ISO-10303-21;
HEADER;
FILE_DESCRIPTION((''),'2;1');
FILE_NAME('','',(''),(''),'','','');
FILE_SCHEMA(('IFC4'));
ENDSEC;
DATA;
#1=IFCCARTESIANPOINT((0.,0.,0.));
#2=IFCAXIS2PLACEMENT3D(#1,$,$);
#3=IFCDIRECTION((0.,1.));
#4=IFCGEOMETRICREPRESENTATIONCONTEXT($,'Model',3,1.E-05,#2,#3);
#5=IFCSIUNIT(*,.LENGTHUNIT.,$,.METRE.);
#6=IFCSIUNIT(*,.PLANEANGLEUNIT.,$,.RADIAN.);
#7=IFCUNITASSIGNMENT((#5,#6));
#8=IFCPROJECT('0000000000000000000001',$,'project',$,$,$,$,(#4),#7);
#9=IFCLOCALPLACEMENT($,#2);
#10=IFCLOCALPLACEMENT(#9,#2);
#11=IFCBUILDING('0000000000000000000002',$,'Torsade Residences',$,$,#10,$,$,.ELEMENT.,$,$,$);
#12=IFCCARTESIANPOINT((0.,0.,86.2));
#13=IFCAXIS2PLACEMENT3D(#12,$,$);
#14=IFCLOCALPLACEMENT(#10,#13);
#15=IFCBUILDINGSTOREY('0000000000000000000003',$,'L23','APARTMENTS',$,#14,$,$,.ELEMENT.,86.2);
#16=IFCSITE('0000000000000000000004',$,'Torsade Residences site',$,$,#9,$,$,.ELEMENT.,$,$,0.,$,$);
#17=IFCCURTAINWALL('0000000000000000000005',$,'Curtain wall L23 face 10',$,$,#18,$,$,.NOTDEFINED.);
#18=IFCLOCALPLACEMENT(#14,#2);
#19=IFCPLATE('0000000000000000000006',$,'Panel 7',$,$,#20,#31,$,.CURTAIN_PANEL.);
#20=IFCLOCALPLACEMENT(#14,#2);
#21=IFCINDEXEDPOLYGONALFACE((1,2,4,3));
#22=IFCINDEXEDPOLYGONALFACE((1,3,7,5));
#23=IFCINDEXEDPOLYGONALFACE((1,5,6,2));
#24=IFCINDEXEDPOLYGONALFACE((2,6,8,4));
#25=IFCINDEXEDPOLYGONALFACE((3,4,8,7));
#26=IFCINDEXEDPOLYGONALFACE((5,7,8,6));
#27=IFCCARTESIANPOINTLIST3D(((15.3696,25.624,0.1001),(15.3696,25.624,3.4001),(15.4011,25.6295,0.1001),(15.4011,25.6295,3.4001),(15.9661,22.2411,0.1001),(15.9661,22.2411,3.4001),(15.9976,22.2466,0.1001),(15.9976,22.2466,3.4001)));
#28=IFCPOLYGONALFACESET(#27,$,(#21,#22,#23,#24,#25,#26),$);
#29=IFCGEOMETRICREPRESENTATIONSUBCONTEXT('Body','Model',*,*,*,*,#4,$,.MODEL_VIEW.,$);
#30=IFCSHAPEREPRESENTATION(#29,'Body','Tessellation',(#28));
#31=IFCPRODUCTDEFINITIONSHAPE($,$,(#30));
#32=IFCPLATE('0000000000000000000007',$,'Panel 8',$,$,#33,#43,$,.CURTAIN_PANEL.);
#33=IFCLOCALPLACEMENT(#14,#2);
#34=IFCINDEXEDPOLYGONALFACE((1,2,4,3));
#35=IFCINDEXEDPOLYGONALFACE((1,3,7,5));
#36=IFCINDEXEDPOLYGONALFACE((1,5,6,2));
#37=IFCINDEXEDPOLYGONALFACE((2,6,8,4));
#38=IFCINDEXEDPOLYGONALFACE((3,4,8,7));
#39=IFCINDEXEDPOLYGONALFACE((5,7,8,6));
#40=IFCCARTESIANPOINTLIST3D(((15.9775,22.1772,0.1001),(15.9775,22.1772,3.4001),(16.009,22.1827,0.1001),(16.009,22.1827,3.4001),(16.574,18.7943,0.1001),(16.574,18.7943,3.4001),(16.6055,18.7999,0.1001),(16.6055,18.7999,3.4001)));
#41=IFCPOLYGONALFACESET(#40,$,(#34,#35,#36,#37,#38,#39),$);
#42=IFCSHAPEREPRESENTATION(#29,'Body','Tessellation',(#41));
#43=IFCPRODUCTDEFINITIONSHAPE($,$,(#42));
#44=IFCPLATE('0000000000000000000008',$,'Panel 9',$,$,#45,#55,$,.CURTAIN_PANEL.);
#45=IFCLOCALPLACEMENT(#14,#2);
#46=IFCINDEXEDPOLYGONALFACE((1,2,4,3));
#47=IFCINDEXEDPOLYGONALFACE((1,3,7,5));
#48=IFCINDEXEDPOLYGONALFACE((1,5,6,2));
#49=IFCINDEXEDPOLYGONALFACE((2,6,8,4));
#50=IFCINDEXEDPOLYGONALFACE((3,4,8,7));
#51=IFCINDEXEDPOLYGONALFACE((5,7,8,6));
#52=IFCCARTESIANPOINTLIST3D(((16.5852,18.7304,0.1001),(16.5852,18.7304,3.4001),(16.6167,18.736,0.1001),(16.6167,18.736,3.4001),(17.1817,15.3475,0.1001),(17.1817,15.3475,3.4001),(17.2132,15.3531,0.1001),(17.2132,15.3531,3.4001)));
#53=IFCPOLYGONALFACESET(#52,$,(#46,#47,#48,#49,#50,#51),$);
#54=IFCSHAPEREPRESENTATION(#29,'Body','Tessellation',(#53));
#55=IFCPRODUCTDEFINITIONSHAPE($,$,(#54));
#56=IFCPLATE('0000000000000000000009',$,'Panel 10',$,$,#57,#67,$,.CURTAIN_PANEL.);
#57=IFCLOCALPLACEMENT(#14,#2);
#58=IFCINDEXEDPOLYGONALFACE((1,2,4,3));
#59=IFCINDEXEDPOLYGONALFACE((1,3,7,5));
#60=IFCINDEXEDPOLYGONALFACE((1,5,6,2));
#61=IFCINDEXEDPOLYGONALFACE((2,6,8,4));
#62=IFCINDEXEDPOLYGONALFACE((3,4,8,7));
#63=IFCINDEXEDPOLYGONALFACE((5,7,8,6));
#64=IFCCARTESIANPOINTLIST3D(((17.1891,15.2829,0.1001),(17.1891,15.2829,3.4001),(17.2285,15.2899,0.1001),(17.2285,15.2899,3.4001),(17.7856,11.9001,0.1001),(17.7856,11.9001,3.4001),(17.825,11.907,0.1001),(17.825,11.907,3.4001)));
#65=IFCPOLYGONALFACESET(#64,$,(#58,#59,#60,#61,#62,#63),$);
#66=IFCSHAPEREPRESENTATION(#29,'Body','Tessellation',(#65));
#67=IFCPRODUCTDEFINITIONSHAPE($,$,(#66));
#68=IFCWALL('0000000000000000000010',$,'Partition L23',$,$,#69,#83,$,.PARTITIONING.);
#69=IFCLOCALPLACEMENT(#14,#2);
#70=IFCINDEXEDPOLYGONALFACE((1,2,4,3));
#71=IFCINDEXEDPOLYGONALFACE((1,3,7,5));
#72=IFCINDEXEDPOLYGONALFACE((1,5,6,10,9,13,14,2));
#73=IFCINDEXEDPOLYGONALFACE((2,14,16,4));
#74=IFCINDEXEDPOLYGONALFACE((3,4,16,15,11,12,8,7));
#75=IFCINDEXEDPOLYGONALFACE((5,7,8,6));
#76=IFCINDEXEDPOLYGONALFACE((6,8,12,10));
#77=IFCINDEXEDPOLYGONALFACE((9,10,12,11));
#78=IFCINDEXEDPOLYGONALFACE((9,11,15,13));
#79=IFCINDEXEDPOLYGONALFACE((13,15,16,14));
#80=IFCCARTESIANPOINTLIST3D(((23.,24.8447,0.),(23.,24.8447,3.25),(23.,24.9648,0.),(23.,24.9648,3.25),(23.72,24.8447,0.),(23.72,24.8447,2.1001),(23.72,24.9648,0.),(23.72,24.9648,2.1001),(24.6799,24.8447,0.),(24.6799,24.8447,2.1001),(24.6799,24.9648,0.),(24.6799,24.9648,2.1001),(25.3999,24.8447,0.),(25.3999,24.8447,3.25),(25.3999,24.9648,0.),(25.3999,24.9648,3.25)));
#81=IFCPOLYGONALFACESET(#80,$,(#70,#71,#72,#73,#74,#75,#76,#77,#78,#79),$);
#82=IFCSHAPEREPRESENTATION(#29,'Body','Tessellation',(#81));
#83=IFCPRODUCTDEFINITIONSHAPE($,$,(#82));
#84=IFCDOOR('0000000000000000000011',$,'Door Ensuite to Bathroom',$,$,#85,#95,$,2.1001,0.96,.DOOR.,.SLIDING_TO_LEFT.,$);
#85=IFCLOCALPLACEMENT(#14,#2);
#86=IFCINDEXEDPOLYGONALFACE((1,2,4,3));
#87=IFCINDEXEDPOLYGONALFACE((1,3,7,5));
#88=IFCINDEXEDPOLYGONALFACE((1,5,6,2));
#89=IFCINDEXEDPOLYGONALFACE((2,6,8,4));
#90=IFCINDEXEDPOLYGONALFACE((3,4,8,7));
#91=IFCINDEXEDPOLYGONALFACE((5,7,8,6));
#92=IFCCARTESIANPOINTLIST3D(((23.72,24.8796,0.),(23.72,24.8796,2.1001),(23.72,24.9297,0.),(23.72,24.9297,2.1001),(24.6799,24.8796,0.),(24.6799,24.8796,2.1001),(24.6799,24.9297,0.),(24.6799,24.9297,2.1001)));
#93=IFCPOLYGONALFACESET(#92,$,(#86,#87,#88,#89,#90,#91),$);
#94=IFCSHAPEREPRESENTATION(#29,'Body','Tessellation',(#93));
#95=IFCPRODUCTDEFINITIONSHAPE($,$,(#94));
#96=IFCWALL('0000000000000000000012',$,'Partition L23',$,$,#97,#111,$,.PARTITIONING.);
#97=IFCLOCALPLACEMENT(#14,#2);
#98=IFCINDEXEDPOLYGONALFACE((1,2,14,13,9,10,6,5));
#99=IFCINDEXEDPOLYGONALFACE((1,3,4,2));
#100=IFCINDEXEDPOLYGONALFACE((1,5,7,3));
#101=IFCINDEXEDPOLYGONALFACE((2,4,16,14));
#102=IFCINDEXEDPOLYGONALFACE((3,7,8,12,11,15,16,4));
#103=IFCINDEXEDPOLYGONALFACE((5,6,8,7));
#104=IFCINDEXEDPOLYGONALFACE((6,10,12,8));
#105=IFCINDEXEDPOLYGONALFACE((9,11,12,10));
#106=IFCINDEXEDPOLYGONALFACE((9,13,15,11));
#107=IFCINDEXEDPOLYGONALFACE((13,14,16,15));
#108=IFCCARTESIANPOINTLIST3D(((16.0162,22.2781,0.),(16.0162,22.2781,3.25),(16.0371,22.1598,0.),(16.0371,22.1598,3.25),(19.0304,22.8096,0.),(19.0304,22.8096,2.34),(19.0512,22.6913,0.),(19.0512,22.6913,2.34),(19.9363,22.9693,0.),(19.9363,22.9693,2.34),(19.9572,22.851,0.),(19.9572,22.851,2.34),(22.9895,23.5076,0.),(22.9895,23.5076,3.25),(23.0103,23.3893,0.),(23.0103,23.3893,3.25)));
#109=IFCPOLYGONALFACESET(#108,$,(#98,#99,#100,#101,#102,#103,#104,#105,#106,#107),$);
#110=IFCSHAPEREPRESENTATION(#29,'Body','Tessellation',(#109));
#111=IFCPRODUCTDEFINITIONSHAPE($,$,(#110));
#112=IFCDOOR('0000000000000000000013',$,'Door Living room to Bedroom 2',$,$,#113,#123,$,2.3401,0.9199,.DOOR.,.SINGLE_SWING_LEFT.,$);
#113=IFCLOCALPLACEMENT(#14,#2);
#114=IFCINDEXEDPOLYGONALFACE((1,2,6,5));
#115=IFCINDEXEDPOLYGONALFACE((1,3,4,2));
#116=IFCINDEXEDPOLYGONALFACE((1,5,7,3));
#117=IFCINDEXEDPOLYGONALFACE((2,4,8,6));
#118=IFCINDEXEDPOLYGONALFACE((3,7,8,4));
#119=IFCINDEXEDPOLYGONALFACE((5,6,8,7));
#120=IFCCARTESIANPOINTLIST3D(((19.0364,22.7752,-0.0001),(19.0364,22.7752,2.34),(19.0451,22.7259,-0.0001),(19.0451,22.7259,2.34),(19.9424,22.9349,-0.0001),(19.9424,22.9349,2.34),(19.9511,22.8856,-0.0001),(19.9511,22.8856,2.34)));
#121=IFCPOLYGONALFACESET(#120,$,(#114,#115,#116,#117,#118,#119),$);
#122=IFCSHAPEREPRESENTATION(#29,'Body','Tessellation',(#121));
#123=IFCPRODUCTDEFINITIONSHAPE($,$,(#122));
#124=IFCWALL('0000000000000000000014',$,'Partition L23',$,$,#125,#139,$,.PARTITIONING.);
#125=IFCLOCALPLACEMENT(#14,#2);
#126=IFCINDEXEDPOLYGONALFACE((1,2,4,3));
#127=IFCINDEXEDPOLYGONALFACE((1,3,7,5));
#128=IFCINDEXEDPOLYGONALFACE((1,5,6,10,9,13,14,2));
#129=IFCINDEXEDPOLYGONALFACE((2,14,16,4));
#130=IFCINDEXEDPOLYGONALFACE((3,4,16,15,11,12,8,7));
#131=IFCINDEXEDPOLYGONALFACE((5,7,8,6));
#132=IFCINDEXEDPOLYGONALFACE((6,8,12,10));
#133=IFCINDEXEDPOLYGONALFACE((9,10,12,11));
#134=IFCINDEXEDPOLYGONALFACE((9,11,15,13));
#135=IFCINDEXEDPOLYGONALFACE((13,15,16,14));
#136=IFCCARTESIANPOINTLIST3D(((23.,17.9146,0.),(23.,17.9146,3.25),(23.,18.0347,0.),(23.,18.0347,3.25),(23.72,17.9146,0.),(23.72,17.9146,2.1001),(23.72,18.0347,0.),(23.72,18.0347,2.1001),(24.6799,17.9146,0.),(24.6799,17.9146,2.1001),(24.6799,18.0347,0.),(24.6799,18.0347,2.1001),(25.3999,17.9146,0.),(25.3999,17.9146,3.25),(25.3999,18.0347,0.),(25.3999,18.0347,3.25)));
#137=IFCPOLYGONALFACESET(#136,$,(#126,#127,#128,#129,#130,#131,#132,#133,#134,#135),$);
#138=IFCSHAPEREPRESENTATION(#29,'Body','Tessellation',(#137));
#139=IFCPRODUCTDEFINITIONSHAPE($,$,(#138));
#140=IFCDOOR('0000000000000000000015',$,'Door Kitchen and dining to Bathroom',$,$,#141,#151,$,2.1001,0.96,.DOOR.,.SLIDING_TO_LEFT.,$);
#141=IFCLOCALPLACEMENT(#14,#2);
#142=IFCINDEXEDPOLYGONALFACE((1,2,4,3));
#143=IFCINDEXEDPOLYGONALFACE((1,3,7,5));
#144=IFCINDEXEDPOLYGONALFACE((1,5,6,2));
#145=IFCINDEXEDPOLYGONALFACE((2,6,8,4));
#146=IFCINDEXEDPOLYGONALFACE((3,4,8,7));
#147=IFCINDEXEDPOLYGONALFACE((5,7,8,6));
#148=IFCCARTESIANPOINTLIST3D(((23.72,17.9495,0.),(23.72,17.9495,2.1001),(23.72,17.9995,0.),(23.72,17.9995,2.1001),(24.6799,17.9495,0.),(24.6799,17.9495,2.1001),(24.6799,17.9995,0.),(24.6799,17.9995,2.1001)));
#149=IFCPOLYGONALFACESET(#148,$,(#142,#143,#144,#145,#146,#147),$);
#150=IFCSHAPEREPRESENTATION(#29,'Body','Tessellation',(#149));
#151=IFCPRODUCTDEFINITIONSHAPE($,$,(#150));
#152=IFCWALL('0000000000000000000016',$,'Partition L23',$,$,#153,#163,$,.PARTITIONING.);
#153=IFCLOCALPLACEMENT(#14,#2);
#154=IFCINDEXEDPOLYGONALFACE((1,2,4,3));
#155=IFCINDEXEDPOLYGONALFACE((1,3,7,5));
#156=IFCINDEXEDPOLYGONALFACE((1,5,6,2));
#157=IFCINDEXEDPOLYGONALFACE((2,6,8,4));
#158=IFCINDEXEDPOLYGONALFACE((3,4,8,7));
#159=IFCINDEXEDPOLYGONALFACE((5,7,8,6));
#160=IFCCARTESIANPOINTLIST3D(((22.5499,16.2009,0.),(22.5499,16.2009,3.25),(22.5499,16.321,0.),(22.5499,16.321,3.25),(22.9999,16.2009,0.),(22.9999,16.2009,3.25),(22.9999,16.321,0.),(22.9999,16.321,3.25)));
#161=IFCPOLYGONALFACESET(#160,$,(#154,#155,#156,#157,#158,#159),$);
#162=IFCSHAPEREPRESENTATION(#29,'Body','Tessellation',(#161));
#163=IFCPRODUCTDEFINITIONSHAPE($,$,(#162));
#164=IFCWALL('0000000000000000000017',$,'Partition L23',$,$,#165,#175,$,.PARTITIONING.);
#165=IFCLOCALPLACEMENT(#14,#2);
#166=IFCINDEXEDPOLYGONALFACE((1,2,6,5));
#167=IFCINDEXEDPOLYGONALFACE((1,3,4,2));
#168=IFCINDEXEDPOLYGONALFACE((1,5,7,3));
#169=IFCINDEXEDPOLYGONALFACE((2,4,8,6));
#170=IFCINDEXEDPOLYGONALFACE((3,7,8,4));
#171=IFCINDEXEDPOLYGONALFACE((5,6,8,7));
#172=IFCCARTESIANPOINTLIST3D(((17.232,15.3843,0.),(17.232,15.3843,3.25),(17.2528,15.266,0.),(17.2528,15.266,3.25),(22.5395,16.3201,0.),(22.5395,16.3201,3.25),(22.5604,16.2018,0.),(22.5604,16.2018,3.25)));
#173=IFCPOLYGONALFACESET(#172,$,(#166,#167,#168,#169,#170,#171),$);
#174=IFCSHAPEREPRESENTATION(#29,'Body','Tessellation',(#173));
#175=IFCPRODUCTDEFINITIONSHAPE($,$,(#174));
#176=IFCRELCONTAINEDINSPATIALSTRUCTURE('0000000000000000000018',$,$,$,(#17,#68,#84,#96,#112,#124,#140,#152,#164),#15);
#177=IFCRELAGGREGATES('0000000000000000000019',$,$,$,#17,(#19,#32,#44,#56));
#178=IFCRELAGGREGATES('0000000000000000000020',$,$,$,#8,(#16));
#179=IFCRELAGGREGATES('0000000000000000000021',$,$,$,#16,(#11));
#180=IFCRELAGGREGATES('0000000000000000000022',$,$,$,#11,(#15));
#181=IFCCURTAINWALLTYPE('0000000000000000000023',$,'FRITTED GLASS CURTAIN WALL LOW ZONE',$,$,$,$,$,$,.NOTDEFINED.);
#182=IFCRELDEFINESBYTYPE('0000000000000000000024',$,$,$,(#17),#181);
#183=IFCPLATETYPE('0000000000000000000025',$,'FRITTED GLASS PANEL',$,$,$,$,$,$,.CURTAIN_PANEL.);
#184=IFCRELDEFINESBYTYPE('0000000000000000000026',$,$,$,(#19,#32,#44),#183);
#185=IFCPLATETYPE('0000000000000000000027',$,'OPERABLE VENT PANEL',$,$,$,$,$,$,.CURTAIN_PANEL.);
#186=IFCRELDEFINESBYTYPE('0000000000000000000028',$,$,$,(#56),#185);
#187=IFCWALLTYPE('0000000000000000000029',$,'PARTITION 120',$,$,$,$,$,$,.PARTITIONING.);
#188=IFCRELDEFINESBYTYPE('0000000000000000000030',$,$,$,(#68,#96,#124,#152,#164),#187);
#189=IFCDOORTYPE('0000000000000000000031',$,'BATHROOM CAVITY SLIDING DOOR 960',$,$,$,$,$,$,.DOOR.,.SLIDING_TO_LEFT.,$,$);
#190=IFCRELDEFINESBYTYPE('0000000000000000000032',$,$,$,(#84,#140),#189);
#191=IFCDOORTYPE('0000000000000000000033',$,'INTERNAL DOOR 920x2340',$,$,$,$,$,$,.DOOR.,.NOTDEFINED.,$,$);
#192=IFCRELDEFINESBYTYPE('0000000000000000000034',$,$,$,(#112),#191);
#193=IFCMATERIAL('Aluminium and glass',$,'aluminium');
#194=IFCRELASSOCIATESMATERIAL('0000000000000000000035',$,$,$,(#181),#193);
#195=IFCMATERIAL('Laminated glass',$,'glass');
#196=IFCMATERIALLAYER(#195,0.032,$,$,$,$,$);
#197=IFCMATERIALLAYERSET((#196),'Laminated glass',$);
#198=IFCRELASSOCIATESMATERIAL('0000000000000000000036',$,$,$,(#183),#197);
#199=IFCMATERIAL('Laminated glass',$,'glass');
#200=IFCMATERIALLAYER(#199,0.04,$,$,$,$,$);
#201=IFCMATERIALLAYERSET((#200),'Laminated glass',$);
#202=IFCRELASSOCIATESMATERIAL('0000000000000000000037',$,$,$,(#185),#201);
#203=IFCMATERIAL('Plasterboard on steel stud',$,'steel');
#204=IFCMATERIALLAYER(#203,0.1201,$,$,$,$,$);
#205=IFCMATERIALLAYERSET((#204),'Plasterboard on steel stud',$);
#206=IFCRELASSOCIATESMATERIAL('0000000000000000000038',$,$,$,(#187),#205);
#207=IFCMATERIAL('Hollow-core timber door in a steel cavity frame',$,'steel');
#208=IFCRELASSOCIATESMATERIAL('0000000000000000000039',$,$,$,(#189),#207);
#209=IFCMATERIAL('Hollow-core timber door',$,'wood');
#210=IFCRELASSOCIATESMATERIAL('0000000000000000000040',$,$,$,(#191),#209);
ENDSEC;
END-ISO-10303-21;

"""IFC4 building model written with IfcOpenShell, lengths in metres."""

from ifc_helpers import new_model, si_unit, direction, frame, frame_2d, origin, origin_2d, place, context, subcontext, project, spatial, rectangle, extrude, material, layer, layer_set, type_object, element, fill, aggregate, save


model = new_model("IFC4")

# Units and contexts
model_context = context("Model", 3, precision=1e-05, world=origin(), true_north=direction((0.0, 1.0)))
body_context = subcontext(model_context, "Body", "Model", "MODEL_VIEW")
ifc_project = project(units=[si_unit("LENGTHUNIT", "METRE"), si_unit("PLANEANGLEUNIT", "RADIAN")], contexts=[model_context])

# Site, building, storey
site_placement = place(None, origin())
site = spatial("IfcSite", under=ifc_project, at=site_placement, Name="Torsade Residences site", CompositionType="ELEMENT", RefElevation=0.0)
building_placement = place(site_placement, origin())
building = spatial("IfcBuilding", under=site, at=building_placement, Name="Torsade Residences", CompositionType="ELEMENT")
storey_placement = place(building_placement, frame((0.0, 0.0, 86.2)))
storey = spatial("IfcBuildingStorey", under=building, at=storey_placement, Name="L23", Description="APARTMENTS", CompositionType="ELEMENT", Elevation=86.2)

# Curtain wall
ifc_material_1 = material(Name="Aluminium and glass", Category="aluminium")
curtain_wall_type = type_object("IfcCurtainWallType", Name="FRITTED GLASS CURTAIN WALL LOW ZONE", PredefinedType="NOTDEFINED", material=ifc_material_1)
curtain_wall_placement = place(storey_placement, origin())
curtain_wall = element("IfcCurtainWall", 1, at=curtain_wall_placement, inside=storey, type_object=curtain_wall_type, Name="Curtain wall L23 face 10", PredefinedType="NOTDEFINED")

# Plates
ifc_material_2 = material(Name="Laminated glass", Category="glass")
ifc_layer_1 = layer(ifc_material_2, 0.032)
ifc_layer_set_1 = layer_set([ifc_layer_1], Name="Laminated glass")
plate_type_1 = type_object("IfcPlateType", Name="FRITTED GLASS PANEL", PredefinedType="CURTAIN_PANEL", material=ifc_layer_set_1)
plate_1_placement = place(storey_placement, frame((15.6836, 23.9353, 0.1001), z_axis=(0.0, 0.0, 1.0), x_axis=(0.173648, -0.984808, 0.0)))
plate_1 = element("IfcPlate", 2, at=plate_1_placement, type_object=plate_type_1, Name="Panel 7", PredefinedType="CURTAIN_PANEL", context=body_context, shape_type="SweptSolid", body=[
    extrude(rectangle(XDim=3.4351, YDim=0.032, at=origin_2d()), origin(), (0.0, 0.0, 1.0), 3.3),
])
plate_2_placement = place(storey_placement, frame((16.2915, 20.4885, 0.1001), z_axis=(0.0, 0.0, 1.0), x_axis=(0.173648, -0.984808, 0.0)))
plate_2 = element("IfcPlate", 3, at=plate_2_placement, type_object=plate_type_1, Name="Panel 8", PredefinedType="CURTAIN_PANEL", context=body_context, shape_type="SweptSolid", body=[
    extrude(rectangle(XDim=3.4351, YDim=0.032, at=origin_2d()), origin(), (0.0, 0.0, 1.0), 3.3),
])
plate_3_placement = place(storey_placement, frame((16.8992, 17.0417, 0.1001), z_axis=(0.0, 0.0, 1.0), x_axis=(0.173648, -0.984808, 0.0)))
plate_3 = element("IfcPlate", 4, at=plate_3_placement, type_object=plate_type_1, Name="Panel 9", PredefinedType="CURTAIN_PANEL", context=body_context, shape_type="SweptSolid", body=[
    extrude(rectangle(XDim=3.4351, YDim=0.032, at=origin_2d()), origin(), (0.0, 0.0, 1.0), 3.3),
])
ifc_material_3 = material(Name="Laminated glass", Category="glass")
ifc_layer_2 = layer(ifc_material_3, 0.04)
ifc_layer_set_2 = layer_set([ifc_layer_2], Name="Laminated glass")
plate_type_2 = type_object("IfcPlateType", Name="OPERABLE VENT PANEL", PredefinedType="CURTAIN_PANEL", material=ifc_layer_set_2)
plate_4_placement = place(storey_placement, frame((17.5071, 13.595, 0.1001), z_axis=(0.0, 0.0, 1.0), x_axis=(0.173648, -0.984808, 0.0)))
plate_4 = element("IfcPlate", 5, at=plate_4_placement, type_object=plate_type_2, Name="Panel 10", PredefinedType="CURTAIN_PANEL", context=body_context, shape_type="SweptSolid", body=[
    extrude(rectangle(XDim=3.4351, YDim=0.04, at=origin_2d()), origin(), (0.0, 0.0, 1.0), 3.3),
])
aggregate(curtain_wall, [plate_1, plate_2, plate_3, plate_4])

# Walls, openings, doors
ifc_material_4 = material(Name="Plasterboard on steel stud", Category="steel")
ifc_layer_3 = layer(ifc_material_4, 0.1201)
ifc_layer_set_3 = layer_set([ifc_layer_3], Name="Plasterboard on steel stud")
wall_type_1 = type_object("IfcWallType", Name="PARTITION 120", PredefinedType="PARTITIONING", material=ifc_layer_set_3)
wall_1_placement = place(storey_placement, frame((23.0, 24.9048, 0.0), z_axis=(0.0, 0.0, 1.0), x_axis=(1.0, 0.0, 0.0)))
wall_1 = element("IfcWall", 6, at=wall_1_placement, inside=storey, type_object=wall_type_1, Name="Partition L23", PredefinedType="PARTITIONING", context=body_context, shape_type="SweptSolid", body=[
    extrude(rectangle(XDim=2.3999, YDim=0.1201, at=frame_2d((1.2, 0.0))), origin(), (0.0, 0.0, 1.0), 3.25),
])
opening_1_placement = place(wall_1_placement, frame((0.72, 0.0, 0.0)))
opening_1 = element("IfcOpeningElement", 7, at=opening_1_placement, cuts=wall_1, PredefinedType="OPENING", context=body_context, shape_type="SweptSolid", body=[
    extrude(rectangle(XDim=0.96, YDim=2.1001, at=frame_2d((0.48, 1.05))), frame((0.0, 0.0701, 0.0), z_axis=(0.0, -1.0, 0.0), x_axis=(1.0, 0.0, 0.0)), (0.0, 0.0, 1.0), 0.1401),
])
ifc_material_5 = material(Name="Hollow-core timber door in a steel cavity frame", Category="steel")
door_type_1 = type_object("IfcDoorType", Name="BATHROOM CAVITY SLIDING DOOR 960", OperationType="SLIDING_TO_LEFT", PredefinedType="DOOR", material=ifc_material_5)
door_1_placement = place(opening_1_placement, origin())
door_1 = element("IfcDoor", 8, at=door_1_placement, inside=storey, type_object=door_type_1, Name="Door Ensuite to Bathroom", OperationType="SLIDING_TO_LEFT", OverallHeight=2.1001, OverallWidth=0.96, PredefinedType="DOOR", context=body_context, shape_type="SweptSolid", body=[
    extrude(rectangle(XDim=0.96, YDim=2.1001, at=frame_2d((0.48, 1.05))), frame((0.0, 0.0249, 0.0), z_axis=(0.0, -1.0, 0.0), x_axis=(1.0, 0.0, 0.0)), (0.0, 0.0, 1.0), 0.05),
])
fill(opening_1, door_1)
wall_2_placement = place(storey_placement, frame((23.0, 23.4485, 0.0), z_axis=(0.0, 0.0, 1.0), x_axis=(-0.984809, -0.17364, 0.0)))
wall_2 = element("IfcWall", 9, at=wall_2_placement, inside=storey, type_object=wall_type_1, Name="Partition L23", PredefinedType="PARTITIONING", context=body_context, shape_type="SweptSolid", body=[
    extrude(rectangle(XDim=7.0808, YDim=0.1201, at=frame_2d((3.5405, 0.0))), origin(), (0.0, 0.0, 1.0), 3.25),
])
opening_2_placement = place(wall_2_placement, frame((3.1003, 0.0, 0.0)))
opening_2 = element("IfcOpeningElement", 10, at=opening_2_placement, cuts=wall_2, PredefinedType="OPENING", context=body_context, shape_type="SweptSolid", body=[
    extrude(rectangle(XDim=0.9199, YDim=2.3401, at=frame_2d((0.46, 1.1699))), frame((0.0, 0.0701, 0.0), z_axis=(0.0, -1.0, 0.0), x_axis=(1.0, 0.0, 0.0)), (0.0, 0.0, 1.0), 0.1401),
])
ifc_material_6 = material(Name="Hollow-core timber door", Category="wood")
door_type_2 = type_object("IfcDoorType", Name="INTERNAL DOOR 920x2340", OperationType="NOTDEFINED", PredefinedType="DOOR", material=ifc_material_6)
door_2_placement = place(opening_2_placement, origin())
door_2 = element("IfcDoor", 11, at=door_2_placement, inside=storey, type_object=door_type_2, Name="Door Living room to Bedroom 2", OperationType="SINGLE_SWING_LEFT", OverallHeight=2.3401, OverallWidth=0.9199, PredefinedType="DOOR", context=body_context, shape_type="SweptSolid", body=[
    extrude(rectangle(XDim=0.9199, YDim=2.3401, at=frame_2d((0.46, 1.1699))), frame((0.0, 0.0249, 0.0), z_axis=(0.0, -1.0, 0.0), x_axis=(1.0, 0.0, 0.0)), (0.0, 0.0, 1.0), 0.05),
])
fill(opening_2, door_2)
wall_3_placement = place(storey_placement, frame((23.0, 17.9746, 0.0), z_axis=(0.0, 0.0, 1.0), x_axis=(1.0, 0.0, 0.0)))
wall_3 = element("IfcWall", 12, at=wall_3_placement, inside=storey, type_object=wall_type_1, Name="Partition L23", PredefinedType="PARTITIONING", context=body_context, shape_type="SweptSolid", body=[
    extrude(rectangle(XDim=2.3999, YDim=0.1201, at=frame_2d((1.2, 0.0))), origin(), (0.0, 0.0, 1.0), 3.25),
])
opening_3_placement = place(wall_3_placement, frame((0.72, 0.0, 0.0)))
opening_3 = element("IfcOpeningElement", 13, at=opening_3_placement, cuts=wall_3, PredefinedType="OPENING", context=body_context, shape_type="SweptSolid", body=[
    extrude(rectangle(XDim=0.96, YDim=2.1001, at=frame_2d((0.48, 1.05))), frame((0.0, 0.0701, 0.0), z_axis=(0.0, -1.0, 0.0), x_axis=(1.0, 0.0, 0.0)), (0.0, 0.0, 1.0), 0.1401),
])
door_3_placement = place(opening_3_placement, origin())
door_3 = element("IfcDoor", 14, at=door_3_placement, inside=storey, type_object=door_type_1, Name="Door Kitchen and dining to Bathroom", OperationType="SLIDING_TO_LEFT", OverallHeight=2.1001, OverallWidth=0.96, PredefinedType="DOOR", context=body_context, shape_type="SweptSolid", body=[
    extrude(rectangle(XDim=0.96, YDim=2.1001, at=frame_2d((0.48, 1.05))), frame((0.0, 0.0249, 0.0), z_axis=(0.0, -1.0, 0.0), x_axis=(1.0, 0.0, 0.0)), (0.0, 0.0, 1.0), 0.05),
])
fill(opening_3, door_3)

# Walls
wall_4_placement = place(storey_placement, frame((23.0, 16.261, 0.0), z_axis=(0.0, 0.0, 1.0), x_axis=(-1.0, 0.0, 0.0)))
element("IfcWall", 15, at=wall_4_placement, inside=storey, type_object=wall_type_1, Name="Partition L23", PredefinedType="PARTITIONING", context=body_context, shape_type="SweptSolid", body=[
    extrude(rectangle(XDim=0.45, YDim=0.1201, at=frame_2d((0.2251, 0.0))), origin(), (0.0, 0.0, 1.0), 3.25),
])
wall_5_placement = place(storey_placement, frame((22.55, 16.261, 0.0), z_axis=(0.0, 0.0, 1.0), x_axis=(-0.98481, -0.173633, 0.0)))
element("IfcWall", 16, at=wall_5_placement, inside=storey, type_object=wall_type_1, Name="Partition L23", PredefinedType="PARTITIONING", context=body_context, shape_type="SweptSolid", body=[
    extrude(rectangle(XDim=5.3894, YDim=0.1201, at=frame_2d((2.6948, 0.0))), origin(), (0.0, 0.0, 1.0), 3.25),
])

save(model, "model.ifc")
